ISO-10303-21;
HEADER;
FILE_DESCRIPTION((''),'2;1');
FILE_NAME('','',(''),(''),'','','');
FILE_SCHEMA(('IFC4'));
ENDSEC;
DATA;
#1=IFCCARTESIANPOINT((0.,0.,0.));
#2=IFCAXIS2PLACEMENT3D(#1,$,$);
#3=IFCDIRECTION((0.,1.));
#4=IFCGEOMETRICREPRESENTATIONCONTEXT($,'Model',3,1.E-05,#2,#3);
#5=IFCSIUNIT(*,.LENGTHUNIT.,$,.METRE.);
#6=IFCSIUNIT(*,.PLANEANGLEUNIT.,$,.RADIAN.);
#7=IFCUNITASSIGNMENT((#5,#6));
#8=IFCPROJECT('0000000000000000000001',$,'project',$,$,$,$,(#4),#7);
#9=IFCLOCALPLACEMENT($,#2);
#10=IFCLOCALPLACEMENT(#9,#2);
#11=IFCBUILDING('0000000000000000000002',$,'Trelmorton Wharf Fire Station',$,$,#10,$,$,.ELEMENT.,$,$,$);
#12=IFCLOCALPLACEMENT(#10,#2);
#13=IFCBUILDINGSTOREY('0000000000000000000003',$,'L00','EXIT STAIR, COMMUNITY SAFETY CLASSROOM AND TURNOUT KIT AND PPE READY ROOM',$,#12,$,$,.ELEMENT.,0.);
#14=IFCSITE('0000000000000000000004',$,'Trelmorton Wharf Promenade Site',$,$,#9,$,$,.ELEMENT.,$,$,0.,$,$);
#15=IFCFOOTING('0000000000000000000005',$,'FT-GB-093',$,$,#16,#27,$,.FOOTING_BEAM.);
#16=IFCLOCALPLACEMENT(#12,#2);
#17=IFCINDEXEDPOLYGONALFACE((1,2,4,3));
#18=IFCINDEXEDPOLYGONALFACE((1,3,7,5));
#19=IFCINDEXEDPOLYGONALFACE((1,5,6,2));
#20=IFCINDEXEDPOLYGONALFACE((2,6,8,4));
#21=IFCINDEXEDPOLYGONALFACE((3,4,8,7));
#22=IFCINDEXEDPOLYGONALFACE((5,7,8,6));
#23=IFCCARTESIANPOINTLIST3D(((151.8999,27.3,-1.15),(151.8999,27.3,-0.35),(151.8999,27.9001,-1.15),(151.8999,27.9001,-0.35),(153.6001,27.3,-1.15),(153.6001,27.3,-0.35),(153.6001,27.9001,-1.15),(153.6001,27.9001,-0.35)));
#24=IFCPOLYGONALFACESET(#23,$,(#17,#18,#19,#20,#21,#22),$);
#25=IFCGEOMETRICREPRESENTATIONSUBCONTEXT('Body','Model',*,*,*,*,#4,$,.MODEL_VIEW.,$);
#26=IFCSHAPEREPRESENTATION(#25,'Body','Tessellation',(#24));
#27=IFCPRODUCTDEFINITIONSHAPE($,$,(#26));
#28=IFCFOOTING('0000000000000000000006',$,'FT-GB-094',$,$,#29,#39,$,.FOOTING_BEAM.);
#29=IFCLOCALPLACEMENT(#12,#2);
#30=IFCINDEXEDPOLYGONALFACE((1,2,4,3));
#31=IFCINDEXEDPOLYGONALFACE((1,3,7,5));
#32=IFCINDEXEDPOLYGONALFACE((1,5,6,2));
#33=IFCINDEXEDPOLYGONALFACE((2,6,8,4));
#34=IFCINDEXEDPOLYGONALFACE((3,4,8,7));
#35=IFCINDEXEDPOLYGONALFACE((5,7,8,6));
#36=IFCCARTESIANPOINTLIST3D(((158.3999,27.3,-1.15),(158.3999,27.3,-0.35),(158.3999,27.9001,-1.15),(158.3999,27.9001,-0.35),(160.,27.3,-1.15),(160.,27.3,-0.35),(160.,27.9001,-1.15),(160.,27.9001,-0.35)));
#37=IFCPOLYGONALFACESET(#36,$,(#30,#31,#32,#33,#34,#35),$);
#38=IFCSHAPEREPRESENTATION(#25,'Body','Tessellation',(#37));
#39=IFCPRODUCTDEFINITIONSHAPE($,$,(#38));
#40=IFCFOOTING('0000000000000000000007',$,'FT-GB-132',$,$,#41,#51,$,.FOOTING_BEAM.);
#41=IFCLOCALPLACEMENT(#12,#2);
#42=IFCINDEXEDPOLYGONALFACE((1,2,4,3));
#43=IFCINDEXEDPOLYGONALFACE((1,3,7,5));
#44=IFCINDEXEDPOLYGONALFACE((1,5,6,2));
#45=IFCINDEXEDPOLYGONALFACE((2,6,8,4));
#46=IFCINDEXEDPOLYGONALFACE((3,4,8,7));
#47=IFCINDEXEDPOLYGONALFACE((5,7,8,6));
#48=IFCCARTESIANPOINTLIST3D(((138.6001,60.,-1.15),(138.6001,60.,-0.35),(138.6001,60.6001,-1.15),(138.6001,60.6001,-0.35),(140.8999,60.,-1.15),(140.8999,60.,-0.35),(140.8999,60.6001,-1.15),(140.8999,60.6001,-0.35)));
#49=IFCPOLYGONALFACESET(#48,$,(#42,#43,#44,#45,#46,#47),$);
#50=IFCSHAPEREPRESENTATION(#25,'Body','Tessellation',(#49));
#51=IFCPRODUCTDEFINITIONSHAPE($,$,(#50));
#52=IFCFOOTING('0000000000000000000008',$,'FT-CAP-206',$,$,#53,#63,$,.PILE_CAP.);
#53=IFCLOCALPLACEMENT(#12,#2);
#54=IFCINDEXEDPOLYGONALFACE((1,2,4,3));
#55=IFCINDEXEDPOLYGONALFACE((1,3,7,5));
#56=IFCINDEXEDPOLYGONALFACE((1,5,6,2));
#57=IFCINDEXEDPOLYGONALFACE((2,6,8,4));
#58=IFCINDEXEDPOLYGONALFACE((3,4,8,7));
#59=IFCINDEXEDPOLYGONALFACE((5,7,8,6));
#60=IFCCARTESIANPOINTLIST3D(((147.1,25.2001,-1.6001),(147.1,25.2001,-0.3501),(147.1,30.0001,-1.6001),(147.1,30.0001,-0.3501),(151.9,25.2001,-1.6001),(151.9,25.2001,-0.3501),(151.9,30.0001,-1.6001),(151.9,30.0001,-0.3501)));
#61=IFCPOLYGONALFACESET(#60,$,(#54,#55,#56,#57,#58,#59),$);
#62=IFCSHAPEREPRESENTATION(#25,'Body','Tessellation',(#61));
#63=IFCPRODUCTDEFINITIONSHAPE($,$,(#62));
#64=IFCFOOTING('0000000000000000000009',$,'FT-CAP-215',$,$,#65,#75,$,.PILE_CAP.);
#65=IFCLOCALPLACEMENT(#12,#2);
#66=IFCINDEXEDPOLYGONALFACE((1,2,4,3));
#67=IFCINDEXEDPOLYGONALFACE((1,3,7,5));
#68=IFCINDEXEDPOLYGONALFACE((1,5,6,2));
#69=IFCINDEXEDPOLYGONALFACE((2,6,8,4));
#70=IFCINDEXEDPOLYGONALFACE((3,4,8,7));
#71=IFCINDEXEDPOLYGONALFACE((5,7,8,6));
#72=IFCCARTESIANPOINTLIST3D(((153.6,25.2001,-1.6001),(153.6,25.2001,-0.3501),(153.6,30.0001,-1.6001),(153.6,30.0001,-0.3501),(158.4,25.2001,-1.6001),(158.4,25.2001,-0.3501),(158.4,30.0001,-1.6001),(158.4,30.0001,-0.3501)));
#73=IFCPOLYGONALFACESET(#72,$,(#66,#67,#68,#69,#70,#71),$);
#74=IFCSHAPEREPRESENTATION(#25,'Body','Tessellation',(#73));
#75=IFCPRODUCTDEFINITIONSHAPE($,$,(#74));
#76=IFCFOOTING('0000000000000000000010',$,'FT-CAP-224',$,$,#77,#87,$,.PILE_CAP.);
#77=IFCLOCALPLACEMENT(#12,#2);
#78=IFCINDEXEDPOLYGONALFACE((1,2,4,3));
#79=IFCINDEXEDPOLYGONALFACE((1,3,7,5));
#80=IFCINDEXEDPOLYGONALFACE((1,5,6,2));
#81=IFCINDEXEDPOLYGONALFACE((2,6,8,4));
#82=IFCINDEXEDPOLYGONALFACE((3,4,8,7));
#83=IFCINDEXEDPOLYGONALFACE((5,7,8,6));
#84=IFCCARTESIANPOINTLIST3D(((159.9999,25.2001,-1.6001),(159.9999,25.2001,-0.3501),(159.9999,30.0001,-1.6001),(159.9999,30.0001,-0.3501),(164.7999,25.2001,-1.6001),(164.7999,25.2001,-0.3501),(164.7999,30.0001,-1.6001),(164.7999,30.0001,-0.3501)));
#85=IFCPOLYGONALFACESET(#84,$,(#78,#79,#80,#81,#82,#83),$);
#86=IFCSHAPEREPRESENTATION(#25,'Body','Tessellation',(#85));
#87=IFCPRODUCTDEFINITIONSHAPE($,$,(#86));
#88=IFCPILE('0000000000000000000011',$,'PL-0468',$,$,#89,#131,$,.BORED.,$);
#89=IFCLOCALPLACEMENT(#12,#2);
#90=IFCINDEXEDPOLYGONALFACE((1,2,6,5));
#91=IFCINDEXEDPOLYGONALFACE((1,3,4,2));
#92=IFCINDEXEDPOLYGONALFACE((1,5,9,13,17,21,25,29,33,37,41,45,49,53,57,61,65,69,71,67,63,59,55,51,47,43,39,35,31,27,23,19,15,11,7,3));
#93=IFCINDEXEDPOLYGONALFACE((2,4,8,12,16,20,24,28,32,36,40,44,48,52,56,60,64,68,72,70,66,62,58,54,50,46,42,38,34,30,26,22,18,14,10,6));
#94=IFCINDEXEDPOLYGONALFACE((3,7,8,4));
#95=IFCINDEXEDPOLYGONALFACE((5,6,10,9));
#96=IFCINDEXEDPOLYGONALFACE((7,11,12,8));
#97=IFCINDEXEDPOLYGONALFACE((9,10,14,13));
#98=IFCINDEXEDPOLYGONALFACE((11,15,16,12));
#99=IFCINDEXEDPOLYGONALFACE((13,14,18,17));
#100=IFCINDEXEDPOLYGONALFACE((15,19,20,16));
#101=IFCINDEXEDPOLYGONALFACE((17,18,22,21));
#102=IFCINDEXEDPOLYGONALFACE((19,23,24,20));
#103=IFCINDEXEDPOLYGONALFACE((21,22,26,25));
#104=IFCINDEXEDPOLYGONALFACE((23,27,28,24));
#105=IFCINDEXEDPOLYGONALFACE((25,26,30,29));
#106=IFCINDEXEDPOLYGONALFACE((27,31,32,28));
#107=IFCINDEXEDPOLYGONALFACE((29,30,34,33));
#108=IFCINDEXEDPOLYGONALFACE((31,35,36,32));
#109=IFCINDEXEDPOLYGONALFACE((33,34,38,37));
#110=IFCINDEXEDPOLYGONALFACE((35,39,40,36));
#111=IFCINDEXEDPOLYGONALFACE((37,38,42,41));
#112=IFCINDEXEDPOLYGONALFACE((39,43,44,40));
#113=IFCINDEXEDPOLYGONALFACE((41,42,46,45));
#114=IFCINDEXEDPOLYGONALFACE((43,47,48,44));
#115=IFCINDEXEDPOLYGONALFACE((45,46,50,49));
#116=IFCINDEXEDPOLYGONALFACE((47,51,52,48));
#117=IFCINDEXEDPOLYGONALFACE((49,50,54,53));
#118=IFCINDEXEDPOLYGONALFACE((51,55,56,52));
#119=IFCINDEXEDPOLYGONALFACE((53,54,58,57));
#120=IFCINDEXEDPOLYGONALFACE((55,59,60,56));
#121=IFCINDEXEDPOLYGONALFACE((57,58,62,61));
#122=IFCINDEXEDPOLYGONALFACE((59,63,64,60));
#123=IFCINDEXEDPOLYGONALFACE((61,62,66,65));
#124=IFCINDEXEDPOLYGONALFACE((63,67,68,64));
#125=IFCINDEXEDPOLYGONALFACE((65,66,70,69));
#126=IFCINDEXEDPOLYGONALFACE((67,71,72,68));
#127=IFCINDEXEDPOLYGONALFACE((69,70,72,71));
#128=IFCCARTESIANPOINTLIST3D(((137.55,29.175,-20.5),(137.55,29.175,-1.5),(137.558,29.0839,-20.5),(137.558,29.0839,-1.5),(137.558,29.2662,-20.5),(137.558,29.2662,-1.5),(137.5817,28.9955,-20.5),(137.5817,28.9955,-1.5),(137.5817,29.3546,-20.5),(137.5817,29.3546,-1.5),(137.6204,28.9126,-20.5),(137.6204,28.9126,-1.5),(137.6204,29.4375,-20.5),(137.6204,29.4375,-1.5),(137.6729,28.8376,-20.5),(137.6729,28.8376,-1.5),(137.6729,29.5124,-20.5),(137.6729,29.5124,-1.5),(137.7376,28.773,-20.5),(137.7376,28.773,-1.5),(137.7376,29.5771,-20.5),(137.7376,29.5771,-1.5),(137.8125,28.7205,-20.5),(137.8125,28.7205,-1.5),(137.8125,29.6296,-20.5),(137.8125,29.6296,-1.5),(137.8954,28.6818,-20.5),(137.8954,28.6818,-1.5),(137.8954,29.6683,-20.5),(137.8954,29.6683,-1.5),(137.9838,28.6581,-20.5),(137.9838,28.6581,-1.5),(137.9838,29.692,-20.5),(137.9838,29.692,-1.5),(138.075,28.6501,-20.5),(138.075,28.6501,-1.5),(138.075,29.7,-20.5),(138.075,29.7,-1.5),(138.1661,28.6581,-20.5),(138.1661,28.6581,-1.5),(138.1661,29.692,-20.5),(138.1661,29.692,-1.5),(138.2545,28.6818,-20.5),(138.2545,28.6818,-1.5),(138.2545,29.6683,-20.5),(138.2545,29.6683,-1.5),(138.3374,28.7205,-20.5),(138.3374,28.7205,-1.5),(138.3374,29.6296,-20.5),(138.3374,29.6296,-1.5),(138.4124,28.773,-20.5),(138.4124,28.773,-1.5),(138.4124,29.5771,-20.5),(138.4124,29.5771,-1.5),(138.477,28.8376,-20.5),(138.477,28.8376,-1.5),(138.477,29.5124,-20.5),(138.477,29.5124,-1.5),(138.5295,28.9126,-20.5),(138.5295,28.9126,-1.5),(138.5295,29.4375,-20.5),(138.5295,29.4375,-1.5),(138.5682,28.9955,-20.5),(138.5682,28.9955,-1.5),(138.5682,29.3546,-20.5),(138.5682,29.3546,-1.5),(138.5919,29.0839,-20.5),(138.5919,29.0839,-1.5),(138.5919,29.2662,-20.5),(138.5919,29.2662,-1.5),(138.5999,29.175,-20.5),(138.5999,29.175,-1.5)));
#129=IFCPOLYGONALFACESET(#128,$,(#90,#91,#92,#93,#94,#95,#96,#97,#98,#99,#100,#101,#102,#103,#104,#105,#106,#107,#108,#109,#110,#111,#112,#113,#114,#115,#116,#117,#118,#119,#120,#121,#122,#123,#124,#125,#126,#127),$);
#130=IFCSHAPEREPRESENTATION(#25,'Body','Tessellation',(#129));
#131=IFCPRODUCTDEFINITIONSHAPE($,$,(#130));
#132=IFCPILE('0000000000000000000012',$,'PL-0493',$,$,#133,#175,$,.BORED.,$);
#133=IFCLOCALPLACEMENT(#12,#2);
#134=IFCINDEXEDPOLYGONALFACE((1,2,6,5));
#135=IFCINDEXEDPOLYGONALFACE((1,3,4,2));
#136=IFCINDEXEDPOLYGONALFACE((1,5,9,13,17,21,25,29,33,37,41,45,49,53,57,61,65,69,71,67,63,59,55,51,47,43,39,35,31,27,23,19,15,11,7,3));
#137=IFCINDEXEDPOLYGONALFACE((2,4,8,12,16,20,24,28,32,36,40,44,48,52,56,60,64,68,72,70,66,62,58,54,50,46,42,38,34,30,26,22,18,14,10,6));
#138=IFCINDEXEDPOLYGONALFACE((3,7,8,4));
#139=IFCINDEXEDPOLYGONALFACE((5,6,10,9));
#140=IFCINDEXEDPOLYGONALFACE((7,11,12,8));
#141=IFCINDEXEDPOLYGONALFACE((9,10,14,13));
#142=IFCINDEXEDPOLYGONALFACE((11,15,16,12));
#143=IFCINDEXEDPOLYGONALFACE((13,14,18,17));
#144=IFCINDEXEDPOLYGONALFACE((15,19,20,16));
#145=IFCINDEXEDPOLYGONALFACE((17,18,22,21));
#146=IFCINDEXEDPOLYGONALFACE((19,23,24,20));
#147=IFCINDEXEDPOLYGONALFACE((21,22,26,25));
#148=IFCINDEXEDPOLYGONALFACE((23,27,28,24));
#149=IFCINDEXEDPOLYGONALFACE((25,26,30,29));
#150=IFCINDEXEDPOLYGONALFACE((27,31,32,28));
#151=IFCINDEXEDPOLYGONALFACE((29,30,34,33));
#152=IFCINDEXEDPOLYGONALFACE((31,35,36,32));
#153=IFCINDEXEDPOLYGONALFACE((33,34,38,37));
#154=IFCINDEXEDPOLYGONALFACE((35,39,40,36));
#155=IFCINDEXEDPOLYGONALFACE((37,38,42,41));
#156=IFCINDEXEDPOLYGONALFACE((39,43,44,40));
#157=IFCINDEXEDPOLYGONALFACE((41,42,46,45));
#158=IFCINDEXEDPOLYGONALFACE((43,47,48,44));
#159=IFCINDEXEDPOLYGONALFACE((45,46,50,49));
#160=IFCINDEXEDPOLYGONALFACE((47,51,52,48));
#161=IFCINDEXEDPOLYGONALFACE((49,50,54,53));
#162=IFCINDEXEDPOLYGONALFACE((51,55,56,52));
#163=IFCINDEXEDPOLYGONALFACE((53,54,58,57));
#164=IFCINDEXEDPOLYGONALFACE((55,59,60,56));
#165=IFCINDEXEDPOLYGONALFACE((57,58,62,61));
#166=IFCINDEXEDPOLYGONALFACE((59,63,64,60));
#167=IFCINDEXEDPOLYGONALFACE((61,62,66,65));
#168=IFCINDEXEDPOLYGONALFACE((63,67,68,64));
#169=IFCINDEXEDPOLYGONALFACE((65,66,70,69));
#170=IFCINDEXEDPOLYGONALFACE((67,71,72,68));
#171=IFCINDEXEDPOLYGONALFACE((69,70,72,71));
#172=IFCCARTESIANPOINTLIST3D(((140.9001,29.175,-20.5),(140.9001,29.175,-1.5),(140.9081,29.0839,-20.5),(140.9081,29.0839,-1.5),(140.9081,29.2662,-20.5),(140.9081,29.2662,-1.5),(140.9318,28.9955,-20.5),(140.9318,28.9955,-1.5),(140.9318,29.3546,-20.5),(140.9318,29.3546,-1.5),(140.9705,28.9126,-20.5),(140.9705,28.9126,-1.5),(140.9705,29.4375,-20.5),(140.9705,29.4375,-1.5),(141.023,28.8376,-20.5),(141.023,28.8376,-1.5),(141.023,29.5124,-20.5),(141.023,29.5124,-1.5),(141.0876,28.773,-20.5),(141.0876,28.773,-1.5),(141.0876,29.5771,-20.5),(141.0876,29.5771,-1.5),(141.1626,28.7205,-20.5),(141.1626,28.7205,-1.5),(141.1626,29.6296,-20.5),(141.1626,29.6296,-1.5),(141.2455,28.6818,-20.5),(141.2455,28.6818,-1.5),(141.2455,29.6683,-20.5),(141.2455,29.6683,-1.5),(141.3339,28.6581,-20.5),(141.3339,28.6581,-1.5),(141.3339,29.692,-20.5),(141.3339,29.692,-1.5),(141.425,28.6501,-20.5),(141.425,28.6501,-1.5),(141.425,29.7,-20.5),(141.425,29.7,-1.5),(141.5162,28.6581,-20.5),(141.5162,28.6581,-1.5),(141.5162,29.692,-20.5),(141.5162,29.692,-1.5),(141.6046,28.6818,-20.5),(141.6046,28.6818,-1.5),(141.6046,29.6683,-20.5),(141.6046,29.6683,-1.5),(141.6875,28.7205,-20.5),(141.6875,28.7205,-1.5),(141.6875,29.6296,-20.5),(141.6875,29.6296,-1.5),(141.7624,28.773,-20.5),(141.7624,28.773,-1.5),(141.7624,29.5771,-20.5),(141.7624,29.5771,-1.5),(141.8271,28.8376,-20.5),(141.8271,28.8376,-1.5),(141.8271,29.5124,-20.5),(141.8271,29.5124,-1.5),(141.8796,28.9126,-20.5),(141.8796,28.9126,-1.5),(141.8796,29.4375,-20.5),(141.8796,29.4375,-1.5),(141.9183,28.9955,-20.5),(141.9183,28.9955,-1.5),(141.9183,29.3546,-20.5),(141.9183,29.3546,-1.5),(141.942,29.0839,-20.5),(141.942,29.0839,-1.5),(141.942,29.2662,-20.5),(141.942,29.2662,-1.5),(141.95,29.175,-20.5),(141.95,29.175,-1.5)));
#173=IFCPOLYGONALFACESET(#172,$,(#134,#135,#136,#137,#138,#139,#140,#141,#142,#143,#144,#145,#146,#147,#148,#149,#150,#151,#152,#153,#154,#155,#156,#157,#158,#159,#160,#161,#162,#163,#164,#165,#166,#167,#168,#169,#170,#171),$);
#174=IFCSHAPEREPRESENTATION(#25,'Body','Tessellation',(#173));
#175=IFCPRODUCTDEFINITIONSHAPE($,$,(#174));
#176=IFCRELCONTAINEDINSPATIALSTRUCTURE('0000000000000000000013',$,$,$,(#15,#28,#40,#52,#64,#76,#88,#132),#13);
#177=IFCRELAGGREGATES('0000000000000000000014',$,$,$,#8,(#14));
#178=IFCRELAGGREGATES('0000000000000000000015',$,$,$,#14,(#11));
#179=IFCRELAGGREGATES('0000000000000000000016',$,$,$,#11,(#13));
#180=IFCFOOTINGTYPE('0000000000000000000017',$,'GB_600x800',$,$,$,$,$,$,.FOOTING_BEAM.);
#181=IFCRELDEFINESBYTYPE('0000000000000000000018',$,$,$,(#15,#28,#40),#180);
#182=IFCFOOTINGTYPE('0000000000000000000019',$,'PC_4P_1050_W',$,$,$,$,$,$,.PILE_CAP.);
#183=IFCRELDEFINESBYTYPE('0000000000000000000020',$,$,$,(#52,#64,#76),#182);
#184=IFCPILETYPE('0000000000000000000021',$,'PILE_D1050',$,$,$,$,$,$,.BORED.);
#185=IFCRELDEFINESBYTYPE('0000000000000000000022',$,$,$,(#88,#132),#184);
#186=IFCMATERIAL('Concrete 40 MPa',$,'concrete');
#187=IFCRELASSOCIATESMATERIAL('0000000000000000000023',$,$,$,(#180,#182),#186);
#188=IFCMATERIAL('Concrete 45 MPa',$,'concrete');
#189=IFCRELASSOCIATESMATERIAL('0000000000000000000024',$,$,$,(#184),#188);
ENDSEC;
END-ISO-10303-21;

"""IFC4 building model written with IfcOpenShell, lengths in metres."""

from ifc_helpers import new_model, si_unit, direction, frame, origin, origin_2d, place, context, subcontext, project, spatial, rectangle, circle, extrude, material, material_profile, profile_set, type_object, element, save


model = new_model("IFC4")

# Units and contexts
model_context = context("Model", 3, precision=1e-05, world=origin(), true_north=direction((0.0, 1.0)))
body_context = subcontext(model_context, "Body", "Model", "MODEL_VIEW")
ifc_project = project(units=[si_unit("LENGTHUNIT", "METRE"), si_unit("PLANEANGLEUNIT", "RADIAN")], contexts=[model_context])

# Site, building, storey
site_placement = place(None, origin())
site = spatial("IfcSite", under=ifc_project, at=site_placement, Name="Trelmorton Wharf Promenade Site", CompositionType="ELEMENT", RefElevation=0.0)
building_placement = place(site_placement, origin())
building = spatial("IfcBuilding", under=site, at=building_placement, Name="Trelmorton Wharf Fire Station", CompositionType="ELEMENT")
storey_placement = place(building_placement, origin())
storey = spatial("IfcBuildingStorey", under=building, at=storey_placement, Name="L00", Description="EXIT STAIR, COMMUNITY SAFETY CLASSROOM AND TURNOUT KIT AND PPE READY ROOM", CompositionType="ELEMENT", Elevation=0.0)

# Footings
ifc_material_1 = material(Name="Concrete 40 MPa", Category="concrete")
ifc_material_profile_1 = material_profile(ifc_material_1, rectangle(XDim=0.6001, YDim=0.8, at=origin_2d()), Name="RC600x800")
ifc_profile_set_1 = profile_set([ifc_material_profile_1], Name="Concrete 40 MPa")
footing_type_1 = type_object("IfcFootingType", Name="GB_600x800", PredefinedType="FOOTING_BEAM", material=ifc_profile_set_1)
footing_1_placement = place(storey_placement, frame((151.8999, 27.6001, -0.75), z_axis=(1.0, 0.0, 0.0), x_axis=(0.0, 1.0, 0.0)))
element("IfcFooting", 1, at=footing_1_placement, inside=storey, type_object=footing_type_1, Name="FT-GB-093", PredefinedType="FOOTING_BEAM", context=body_context, shape_type="SweptSolid", body=[
    extrude(rectangle(XDim=0.6001, YDim=0.8, at=origin_2d()), origin(), (0.0, 0.0, 1.0), 1.7002),
])
footing_2_placement = place(storey_placement, frame((158.3999, 27.6001, -0.75), z_axis=(1.0, 0.0, 0.0), x_axis=(0.0, 1.0, 0.0)))
element("IfcFooting", 2, at=footing_2_placement, inside=storey, type_object=footing_type_1, Name="FT-GB-094", PredefinedType="FOOTING_BEAM", context=body_context, shape_type="SweptSolid", body=[
    extrude(rectangle(XDim=0.6001, YDim=0.8, at=origin_2d()), origin(), (0.0, 0.0, 1.0), 1.6001),
])
footing_3_placement = place(storey_placement, frame((138.6001, 60.3, -0.75), z_axis=(1.0, 0.0, 0.0), x_axis=(0.0, 1.0, 0.0)))
element("IfcFooting", 3, at=footing_3_placement, inside=storey, type_object=footing_type_1, Name="FT-GB-132", PredefinedType="FOOTING_BEAM", context=body_context, shape_type="SweptSolid", body=[
    extrude(rectangle(XDim=0.6001, YDim=0.8, at=origin_2d()), origin(), (0.0, 0.0, 1.0), 2.2998),
])
footing_type_2 = type_object("IfcFootingType", Name="PC_4P_1050_W", PredefinedType="PILE_CAP", material=ifc_material_1)
for number, where, z_axis, x_axis, name in (
    (4, (149.5, 27.6001, -1.6001), (0.0, 0.0, 1.0), (1.0, 0.0, 0.0), "FT-CAP-206"),
    (5, (156.0, 27.6001, -1.6001), (0.0, 0.0, 1.0), (1.0, 0.0, 0.0), "FT-CAP-215"),
    (6, (162.3999, 27.6001, -1.6001), (0.0, 0.0, 1.0), (1.0, 0.0, 0.0), "FT-CAP-224"),
):
    element("IfcFooting", number, at=place(storey_placement, frame(where, z_axis=z_axis, x_axis=x_axis)), inside=storey, type_object=footing_type_2, Name=name, PredefinedType="PILE_CAP", context=body_context, shape_type="SweptSolid", body=[
        extrude(rectangle(XDim=4.8, YDim=4.8, at=origin_2d()), origin(), (0.0, 0.0, 1.0), 1.25),
    ])

# Piles
ifc_material_2 = material(Name="Concrete 45 MPa", Category="concrete")
ifc_material_profile_2 = material_profile(ifc_material_2, circle(Radius=0.5249, at=origin_2d()), Name="PILE-D1050")
ifc_profile_set_2 = profile_set([ifc_material_profile_2], Name="Concrete 45 MPa")
pile_type_1 = type_object("IfcPileType", Name="PILE_D1050", PredefinedType="BORED", material=ifc_profile_set_2)
for number, where, z_axis, x_axis, name in (
    (7, (138.075, 29.175, -1.5), (0.0, 0.0, -1.0), (1.0, 0.0, 0.0), "PL-0468"),
    (8, (141.425, 29.175, -1.5), (0.0, 0.0, -1.0), (1.0, 0.0, 0.0), "PL-0493"),
):
    element("IfcPile", number, at=place(storey_placement, frame(where, z_axis=z_axis, x_axis=x_axis)), inside=storey, type_object=pile_type_1, Name=name, PredefinedType="BORED", context=body_context, shape_type="SweptSolid", body=[
        extrude(circle(Radius=0.5249, at=origin_2d()), origin(), (0.0, 0.0, 1.0), 19.0),
    ])

save(model, "model.ifc")
